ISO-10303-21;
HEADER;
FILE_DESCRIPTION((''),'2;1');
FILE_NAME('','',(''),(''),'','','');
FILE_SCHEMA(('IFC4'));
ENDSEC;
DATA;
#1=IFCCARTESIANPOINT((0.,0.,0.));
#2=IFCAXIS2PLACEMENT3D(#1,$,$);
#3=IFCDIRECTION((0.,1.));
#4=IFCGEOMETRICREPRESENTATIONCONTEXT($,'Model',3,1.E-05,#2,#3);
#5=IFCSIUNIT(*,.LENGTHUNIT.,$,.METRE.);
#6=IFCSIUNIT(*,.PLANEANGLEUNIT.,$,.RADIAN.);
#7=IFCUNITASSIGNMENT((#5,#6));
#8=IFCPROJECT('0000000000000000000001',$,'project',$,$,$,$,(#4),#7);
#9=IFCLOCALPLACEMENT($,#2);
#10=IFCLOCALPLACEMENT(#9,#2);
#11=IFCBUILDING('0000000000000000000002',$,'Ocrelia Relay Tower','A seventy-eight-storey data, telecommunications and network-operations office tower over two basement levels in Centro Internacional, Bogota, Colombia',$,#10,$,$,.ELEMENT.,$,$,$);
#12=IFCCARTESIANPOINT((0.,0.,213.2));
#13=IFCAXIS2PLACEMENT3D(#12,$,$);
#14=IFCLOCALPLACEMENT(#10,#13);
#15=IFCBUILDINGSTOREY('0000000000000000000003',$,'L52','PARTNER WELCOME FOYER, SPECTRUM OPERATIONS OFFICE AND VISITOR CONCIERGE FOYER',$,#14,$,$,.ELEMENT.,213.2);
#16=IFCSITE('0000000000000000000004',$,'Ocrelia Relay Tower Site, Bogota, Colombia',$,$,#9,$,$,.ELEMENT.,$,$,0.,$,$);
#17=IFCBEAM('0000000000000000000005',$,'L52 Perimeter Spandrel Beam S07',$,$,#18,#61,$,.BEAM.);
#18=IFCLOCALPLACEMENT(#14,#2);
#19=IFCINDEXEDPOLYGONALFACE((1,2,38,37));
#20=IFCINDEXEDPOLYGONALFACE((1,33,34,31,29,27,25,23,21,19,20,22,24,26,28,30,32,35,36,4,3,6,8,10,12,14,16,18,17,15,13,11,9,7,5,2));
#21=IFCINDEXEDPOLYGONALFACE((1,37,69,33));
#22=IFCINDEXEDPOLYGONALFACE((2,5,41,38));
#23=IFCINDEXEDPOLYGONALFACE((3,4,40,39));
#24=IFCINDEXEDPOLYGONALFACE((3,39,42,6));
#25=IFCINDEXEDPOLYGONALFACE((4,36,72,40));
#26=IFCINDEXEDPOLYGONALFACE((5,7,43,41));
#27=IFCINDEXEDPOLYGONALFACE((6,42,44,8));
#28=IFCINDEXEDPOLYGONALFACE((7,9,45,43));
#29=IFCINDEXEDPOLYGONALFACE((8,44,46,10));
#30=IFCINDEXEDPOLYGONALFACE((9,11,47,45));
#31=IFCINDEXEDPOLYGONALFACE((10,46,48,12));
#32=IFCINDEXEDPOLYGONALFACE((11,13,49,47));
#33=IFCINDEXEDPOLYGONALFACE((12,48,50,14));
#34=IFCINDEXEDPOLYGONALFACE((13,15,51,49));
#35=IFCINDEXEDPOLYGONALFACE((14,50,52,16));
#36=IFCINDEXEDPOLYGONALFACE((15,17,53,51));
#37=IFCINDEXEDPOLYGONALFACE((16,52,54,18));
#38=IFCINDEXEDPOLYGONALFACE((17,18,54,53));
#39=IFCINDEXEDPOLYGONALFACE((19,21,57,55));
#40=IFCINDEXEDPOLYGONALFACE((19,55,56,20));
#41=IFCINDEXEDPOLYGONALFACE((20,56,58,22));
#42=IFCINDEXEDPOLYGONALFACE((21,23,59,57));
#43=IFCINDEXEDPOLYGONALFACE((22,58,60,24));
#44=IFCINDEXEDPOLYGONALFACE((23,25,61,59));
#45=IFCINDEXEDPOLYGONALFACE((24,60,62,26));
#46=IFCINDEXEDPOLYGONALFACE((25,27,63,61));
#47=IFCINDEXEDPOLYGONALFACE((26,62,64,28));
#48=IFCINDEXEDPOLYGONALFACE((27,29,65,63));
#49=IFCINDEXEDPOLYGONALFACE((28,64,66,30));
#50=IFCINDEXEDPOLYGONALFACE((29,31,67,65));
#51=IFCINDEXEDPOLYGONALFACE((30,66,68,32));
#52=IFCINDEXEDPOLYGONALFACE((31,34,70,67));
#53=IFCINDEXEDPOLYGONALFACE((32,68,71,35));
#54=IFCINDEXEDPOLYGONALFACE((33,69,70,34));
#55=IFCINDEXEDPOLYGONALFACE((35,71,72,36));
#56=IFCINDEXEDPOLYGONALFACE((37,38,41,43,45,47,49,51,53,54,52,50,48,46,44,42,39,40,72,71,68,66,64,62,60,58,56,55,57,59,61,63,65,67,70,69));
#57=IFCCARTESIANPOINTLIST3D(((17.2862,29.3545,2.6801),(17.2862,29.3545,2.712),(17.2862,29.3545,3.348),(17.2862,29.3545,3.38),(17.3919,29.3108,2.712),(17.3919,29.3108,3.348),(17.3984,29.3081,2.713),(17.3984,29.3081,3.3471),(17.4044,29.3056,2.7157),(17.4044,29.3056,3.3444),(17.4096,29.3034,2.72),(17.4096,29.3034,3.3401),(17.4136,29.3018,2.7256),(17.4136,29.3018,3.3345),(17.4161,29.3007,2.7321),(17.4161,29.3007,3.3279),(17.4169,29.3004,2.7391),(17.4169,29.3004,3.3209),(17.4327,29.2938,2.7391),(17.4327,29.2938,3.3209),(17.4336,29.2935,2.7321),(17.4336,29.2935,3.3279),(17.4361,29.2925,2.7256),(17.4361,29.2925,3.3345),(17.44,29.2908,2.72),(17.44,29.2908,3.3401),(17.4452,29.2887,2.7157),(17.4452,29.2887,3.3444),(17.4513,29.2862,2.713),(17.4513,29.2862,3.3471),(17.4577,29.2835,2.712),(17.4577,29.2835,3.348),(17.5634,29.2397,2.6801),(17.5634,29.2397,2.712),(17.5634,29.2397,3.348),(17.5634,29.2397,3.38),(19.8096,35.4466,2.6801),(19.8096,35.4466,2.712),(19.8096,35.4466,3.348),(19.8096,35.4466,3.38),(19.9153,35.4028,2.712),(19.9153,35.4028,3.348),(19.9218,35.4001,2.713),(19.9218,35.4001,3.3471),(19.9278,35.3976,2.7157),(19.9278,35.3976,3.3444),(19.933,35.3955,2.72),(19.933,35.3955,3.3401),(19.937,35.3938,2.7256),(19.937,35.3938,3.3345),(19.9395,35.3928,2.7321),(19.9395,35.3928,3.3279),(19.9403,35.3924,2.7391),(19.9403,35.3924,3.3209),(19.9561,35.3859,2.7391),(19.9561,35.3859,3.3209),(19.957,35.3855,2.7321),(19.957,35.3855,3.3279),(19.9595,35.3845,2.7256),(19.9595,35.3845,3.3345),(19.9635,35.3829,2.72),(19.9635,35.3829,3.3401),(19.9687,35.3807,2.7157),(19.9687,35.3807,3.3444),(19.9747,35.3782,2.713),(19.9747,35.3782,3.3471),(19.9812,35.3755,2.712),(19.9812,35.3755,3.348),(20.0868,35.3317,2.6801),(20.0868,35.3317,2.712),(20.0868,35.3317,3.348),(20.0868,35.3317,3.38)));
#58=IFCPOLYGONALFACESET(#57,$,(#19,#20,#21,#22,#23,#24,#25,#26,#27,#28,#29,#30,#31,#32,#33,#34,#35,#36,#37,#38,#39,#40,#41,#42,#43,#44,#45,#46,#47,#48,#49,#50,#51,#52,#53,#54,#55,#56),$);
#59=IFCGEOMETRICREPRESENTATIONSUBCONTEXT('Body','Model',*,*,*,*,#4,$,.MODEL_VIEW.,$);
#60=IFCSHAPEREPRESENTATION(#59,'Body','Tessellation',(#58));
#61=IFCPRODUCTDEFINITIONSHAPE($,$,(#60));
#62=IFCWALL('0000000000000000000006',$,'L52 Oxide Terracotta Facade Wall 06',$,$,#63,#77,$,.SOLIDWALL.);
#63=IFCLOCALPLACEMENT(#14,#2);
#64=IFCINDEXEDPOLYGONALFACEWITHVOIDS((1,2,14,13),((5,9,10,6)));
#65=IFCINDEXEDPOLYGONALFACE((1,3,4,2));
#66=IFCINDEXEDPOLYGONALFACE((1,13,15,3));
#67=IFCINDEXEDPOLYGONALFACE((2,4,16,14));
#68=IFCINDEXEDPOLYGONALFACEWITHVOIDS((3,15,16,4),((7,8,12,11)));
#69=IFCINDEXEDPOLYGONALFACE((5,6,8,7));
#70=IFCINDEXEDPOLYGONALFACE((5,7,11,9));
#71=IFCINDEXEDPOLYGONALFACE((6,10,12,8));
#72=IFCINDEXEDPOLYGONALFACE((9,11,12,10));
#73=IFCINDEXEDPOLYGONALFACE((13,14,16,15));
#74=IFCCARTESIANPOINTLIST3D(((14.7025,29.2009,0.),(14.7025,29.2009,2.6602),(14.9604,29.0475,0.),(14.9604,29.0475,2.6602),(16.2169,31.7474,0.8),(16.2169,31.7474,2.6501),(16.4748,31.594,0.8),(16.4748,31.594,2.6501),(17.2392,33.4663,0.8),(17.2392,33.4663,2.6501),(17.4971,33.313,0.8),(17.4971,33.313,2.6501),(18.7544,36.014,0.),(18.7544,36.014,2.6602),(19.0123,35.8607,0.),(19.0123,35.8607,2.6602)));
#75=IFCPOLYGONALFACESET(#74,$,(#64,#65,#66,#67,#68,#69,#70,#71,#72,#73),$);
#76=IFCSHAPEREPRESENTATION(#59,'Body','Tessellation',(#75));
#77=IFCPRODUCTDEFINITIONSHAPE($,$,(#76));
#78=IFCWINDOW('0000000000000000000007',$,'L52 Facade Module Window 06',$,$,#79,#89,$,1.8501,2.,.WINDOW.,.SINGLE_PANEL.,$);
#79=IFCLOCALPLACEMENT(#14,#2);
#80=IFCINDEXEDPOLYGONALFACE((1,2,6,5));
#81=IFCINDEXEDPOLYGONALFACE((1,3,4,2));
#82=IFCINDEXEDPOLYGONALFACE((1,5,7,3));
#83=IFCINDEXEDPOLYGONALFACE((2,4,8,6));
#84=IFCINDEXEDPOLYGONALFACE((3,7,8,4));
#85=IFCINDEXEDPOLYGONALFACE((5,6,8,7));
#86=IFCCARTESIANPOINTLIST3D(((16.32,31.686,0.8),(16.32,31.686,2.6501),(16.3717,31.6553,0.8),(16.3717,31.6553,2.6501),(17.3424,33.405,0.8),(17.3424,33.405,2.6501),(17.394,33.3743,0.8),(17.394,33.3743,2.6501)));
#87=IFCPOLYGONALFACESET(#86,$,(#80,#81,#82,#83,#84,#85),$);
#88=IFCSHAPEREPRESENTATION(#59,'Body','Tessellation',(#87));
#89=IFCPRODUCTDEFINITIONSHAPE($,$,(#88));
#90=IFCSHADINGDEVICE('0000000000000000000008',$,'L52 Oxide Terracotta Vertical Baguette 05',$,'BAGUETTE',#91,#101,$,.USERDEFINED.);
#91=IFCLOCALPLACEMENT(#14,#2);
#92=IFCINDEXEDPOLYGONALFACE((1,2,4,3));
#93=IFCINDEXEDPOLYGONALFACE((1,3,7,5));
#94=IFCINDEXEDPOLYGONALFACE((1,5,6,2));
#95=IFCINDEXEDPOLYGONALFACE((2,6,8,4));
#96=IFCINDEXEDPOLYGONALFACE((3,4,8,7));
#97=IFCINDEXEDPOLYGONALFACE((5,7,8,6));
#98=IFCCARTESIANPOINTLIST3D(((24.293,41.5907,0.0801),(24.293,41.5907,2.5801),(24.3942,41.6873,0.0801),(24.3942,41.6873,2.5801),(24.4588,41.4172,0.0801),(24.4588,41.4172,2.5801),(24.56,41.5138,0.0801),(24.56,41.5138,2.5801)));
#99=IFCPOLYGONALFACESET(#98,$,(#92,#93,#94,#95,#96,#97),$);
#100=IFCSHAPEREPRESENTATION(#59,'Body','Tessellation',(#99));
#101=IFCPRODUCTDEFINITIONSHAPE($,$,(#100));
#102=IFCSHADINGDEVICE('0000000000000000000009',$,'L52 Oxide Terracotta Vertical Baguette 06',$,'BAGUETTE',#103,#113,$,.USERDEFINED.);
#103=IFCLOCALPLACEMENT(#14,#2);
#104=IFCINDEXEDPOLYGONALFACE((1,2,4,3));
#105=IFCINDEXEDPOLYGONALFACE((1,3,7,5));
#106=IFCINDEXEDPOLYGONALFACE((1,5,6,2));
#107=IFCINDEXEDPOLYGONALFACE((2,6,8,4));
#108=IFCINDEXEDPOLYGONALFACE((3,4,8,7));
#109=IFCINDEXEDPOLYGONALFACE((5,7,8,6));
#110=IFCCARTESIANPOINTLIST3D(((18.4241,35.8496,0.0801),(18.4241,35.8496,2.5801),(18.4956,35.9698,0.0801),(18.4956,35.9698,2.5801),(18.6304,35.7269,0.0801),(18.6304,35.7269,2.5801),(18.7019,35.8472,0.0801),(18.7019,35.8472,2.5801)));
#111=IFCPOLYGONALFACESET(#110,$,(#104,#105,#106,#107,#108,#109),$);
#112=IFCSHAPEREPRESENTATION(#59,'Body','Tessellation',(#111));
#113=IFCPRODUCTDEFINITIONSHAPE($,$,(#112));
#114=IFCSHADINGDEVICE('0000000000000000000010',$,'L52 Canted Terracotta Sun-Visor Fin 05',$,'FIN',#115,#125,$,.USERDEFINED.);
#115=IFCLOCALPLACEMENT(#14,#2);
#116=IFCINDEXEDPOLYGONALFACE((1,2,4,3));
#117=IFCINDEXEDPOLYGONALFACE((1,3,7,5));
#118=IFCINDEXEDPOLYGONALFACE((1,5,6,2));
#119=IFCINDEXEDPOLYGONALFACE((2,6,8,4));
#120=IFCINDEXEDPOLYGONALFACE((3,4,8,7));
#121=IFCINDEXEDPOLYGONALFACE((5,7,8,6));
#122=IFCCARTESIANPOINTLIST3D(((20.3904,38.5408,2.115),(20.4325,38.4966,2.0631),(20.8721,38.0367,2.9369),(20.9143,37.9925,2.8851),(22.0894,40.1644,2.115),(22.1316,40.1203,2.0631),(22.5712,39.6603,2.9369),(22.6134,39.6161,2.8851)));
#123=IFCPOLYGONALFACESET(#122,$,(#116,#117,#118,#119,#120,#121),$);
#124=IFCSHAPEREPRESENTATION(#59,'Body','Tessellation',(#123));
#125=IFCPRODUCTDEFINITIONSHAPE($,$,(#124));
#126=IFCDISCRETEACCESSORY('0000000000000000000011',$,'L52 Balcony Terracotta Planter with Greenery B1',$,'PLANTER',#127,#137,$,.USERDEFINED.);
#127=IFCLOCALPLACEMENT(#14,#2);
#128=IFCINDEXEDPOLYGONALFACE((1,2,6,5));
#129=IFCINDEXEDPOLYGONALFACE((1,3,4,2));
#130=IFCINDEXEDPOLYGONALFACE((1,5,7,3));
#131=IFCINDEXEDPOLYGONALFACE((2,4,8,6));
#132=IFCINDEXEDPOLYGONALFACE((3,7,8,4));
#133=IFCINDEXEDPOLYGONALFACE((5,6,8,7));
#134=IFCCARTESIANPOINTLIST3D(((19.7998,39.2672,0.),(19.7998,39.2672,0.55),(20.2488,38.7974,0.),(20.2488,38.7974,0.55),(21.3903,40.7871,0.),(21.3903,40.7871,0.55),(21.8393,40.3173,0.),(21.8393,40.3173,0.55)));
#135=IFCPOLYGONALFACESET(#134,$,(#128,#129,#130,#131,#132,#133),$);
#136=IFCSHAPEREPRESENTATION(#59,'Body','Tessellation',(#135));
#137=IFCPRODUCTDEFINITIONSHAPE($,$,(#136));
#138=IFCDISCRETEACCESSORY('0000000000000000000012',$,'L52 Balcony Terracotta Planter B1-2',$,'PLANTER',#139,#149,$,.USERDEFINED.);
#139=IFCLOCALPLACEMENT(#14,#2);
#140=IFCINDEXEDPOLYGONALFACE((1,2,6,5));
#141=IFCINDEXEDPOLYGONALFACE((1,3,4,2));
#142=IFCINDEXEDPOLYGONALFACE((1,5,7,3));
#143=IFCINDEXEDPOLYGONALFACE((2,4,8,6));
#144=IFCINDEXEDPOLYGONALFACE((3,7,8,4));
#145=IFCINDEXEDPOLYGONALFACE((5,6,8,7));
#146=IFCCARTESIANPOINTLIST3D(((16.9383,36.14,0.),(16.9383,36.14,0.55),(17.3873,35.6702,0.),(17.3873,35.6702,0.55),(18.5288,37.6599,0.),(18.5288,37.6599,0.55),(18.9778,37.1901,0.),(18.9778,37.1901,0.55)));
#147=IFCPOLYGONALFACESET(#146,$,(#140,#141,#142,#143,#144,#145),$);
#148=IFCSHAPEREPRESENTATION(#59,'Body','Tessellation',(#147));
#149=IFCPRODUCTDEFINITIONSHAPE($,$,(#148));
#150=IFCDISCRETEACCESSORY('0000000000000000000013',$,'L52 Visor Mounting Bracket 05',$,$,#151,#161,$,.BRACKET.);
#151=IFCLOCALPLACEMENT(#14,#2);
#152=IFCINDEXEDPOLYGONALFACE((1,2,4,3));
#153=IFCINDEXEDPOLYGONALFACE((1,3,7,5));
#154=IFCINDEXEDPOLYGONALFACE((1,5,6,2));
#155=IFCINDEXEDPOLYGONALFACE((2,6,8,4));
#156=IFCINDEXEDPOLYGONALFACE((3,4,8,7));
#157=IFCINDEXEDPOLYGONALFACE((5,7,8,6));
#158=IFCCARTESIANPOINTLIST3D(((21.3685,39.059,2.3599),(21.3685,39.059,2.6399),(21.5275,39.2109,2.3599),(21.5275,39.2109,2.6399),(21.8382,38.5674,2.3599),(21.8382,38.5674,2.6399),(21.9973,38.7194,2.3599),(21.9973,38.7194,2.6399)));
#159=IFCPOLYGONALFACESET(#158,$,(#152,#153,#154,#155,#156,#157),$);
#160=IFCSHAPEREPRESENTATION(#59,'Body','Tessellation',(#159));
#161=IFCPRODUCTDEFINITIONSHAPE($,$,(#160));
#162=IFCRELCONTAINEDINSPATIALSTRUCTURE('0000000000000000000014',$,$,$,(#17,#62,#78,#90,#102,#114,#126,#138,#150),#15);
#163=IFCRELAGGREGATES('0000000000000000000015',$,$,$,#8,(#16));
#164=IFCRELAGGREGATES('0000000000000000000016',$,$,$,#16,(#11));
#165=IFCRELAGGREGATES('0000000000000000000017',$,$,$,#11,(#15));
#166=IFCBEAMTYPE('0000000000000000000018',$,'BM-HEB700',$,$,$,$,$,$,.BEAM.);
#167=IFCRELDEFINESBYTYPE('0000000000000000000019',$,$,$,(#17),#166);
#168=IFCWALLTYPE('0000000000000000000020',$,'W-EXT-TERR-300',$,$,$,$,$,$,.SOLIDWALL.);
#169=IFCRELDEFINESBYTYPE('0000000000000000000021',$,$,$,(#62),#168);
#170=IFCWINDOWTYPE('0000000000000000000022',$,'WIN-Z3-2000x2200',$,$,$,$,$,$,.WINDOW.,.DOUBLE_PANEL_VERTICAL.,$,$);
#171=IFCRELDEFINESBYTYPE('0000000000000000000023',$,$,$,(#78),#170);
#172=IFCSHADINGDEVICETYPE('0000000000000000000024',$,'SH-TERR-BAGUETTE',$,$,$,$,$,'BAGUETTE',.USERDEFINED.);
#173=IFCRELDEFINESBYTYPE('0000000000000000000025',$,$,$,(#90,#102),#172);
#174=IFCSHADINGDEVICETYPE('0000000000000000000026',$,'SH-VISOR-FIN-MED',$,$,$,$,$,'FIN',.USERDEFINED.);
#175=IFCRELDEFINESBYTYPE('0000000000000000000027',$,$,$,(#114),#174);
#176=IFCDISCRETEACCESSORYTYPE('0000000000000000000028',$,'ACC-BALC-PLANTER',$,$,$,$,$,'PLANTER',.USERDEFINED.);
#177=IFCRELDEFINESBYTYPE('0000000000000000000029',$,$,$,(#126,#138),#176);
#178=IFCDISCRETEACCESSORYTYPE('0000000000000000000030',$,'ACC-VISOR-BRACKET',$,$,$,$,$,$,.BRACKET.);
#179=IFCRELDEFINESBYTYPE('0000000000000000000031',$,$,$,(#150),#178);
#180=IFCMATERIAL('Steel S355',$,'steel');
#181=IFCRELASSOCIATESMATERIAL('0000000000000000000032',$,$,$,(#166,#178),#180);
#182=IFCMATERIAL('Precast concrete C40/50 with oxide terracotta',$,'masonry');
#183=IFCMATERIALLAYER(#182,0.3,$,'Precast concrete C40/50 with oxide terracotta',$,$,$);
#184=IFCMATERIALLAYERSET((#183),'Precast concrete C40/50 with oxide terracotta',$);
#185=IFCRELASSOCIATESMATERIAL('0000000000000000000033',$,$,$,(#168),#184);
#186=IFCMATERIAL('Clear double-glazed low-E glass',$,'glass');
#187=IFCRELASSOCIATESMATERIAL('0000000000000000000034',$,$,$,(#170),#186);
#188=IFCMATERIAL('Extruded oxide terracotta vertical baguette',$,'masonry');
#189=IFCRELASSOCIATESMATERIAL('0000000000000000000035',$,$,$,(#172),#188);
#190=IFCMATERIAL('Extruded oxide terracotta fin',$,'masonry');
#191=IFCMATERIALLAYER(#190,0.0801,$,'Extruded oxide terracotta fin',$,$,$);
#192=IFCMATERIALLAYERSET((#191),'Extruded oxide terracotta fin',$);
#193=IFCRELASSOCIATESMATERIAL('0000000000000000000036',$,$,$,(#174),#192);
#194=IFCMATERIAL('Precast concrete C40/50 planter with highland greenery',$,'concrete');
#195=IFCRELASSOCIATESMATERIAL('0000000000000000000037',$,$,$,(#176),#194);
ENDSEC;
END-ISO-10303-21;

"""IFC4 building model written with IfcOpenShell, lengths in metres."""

from ifc_helpers import new_model, si_unit, direction, frame, frame_2d, origin, origin_2d, place, context, subcontext, project, spatial, rectangle, i_section, extrude, material, layer, layer_set, material_profile, profile_set, type_object, element, fill, save


model = new_model("IFC4")

# Units and contexts
model_context = context("Model", 3, precision=1e-05, world=origin(), true_north=direction((0.0, 1.0)))
body_context = subcontext(model_context, "Body", "Model", "MODEL_VIEW")
ifc_project = project(units=[si_unit("LENGTHUNIT", "METRE"), si_unit("PLANEANGLEUNIT", "RADIAN")], contexts=[model_context])

# Site, building, storey
site_placement = place(None, origin())
site = spatial("IfcSite", under=ifc_project, at=site_placement, Name="Ocrelia Relay Tower Site, Bogota, Colombia", CompositionType="ELEMENT", RefElevation=0.0)
building_placement = place(site_placement, origin())
building = spatial("IfcBuilding", under=site, at=building_placement, Name="Ocrelia Relay Tower", Description="A seventy-eight-storey data, telecommunications and network-operations office tower over two basement levels in Centro Internacional, Bogota, Colombia", CompositionType="ELEMENT")
storey_placement = place(building_placement, frame((0.0, 0.0, 213.2)))
storey = spatial("IfcBuildingStorey", under=building, at=storey_placement, Name="L52", Description="PARTNER WELCOME FOYER, SPECTRUM OPERATIONS OFFICE AND VISITOR CONCIERGE FOYER", CompositionType="ELEMENT", Elevation=213.2)

# Beam
ifc_material_1 = material(Name="Steel S355", Category="steel")
ifc_material_profile_1 = material_profile(ifc_material_1, i_section(OverallWidth=0.3, OverallDepth=0.7, WebThickness=0.0171, FlangeThickness=0.032, FilletRadius=0.0271, at=origin_2d()), Name="HEB 700")
ifc_profile_set_1 = profile_set([ifc_material_profile_1], Name="Steel S355")
beam_type_1 = type_object("IfcBeamType", Name="BM-HEB700", PredefinedType="BEAM", material=ifc_profile_set_1)
for number, where, z_axis, x_axis, name in (
    (1, (19.9482, 35.3892, 3.03), (-0.382688, -0.923878, 0.0), (0.923878, -0.382688, 0.0), "L52 Perimeter Spandrel Beam S07"),
):
    element("IfcBeam", number, at=place(storey_placement, frame(where, z_axis=z_axis, x_axis=x_axis)), inside=storey, type_object=beam_type_1, Name=name, PredefinedType="BEAM", context=body_context, shape_type="SweptSolid", body=[
        extrude(i_section(OverallWidth=0.3, OverallDepth=0.7, WebThickness=0.0171, FlangeThickness=0.032, FilletRadius=0.0271, at=origin_2d()), origin(), (0.0, 0.0, 1.0), 6.594),
    ])

# Wall, opening, window
ifc_material_2 = material(Name="Precast concrete C40/50 with oxide terracotta", Category="masonry")
ifc_layer_1 = layer(ifc_material_2, 0.3, Name="Precast concrete C40/50 with oxide terracotta")
ifc_layer_set_1 = layer_set([ifc_layer_1], Name="Precast concrete C40/50 with oxide terracotta")
wall_type_1 = type_object("IfcWallType", Name="W-EXT-TERR-300", PredefinedType="SOLIDWALL", material=ifc_layer_set_1)
wall_1_placement = place(storey_placement, frame((18.8833, 35.9373, 0.0), z_axis=(0.0, 0.0, 1.0), x_axis=(-0.511158, -0.859487, 0.0)))
wall_1 = element("IfcWall", 2, at=wall_1_placement, inside=storey, type_object=wall_type_1, Name="L52 Oxide Terracotta Facade Wall 06", PredefinedType="SOLIDWALL", context=body_context, shape_type="SweptSolid", body=[
    extrude(rectangle(XDim=7.927, YDim=0.3, at=frame_2d((3.9634, 0.0))), origin(), (0.0, 0.0, 1.0), 2.6602),
])
opening_1_placement = place(wall_1_placement, frame((2.9641, 0.0, 0.8)))
opening_1 = element("IfcOpeningElement", 3, at=opening_1_placement, cuts=wall_1, PredefinedType="OPENING", context=body_context, shape_type="SweptSolid", body=[
    extrude(rectangle(XDim=2.0, YDim=1.8501, at=frame_2d((1.0, 0.925))), frame((0.0, 0.1602, 0.0), z_axis=(0.0, -1.0, 0.0), x_axis=(1.0, 0.0, 0.0)), (0.0, 0.0, 1.0), 0.3201),
])
ifc_material_3 = material(Name="Clear double-glazed low-E glass", Category="glass")
window_type = type_object("IfcWindowType", Name="WIN-Z3-2000x2200", PartitioningType="DOUBLE_PANEL_VERTICAL", PredefinedType="WINDOW", material=ifc_material_3)
window_placement = place(opening_1_placement, origin())
window = element("IfcWindow", 4, at=window_placement, inside=storey, type_object=window_type, Name="L52 Facade Module Window 06", OverallHeight=1.8501, OverallWidth=2.0, PartitioningType="SINGLE_PANEL", PredefinedType="WINDOW", context=body_context, shape_type="SweptSolid", body=[
    extrude(rectangle(XDim=2.0, YDim=1.8501, at=frame_2d((1.0, 0.925))), frame((0.0, 0.03, 0.0), z_axis=(0.0, -1.0, 0.0), x_axis=(1.0, 0.0, 0.0)), (0.0, 0.0, 1.0), 0.0601),
])
fill(opening_1, window)

# Shading devices
ifc_material_4 = material(Name="Extruded oxide terracotta vertical baguette", Category="masonry")
shading_device_type_1 = type_object("IfcShadingDeviceType", Name="SH-TERR-BAGUETTE", ElementType="BAGUETTE", PredefinedType="USERDEFINED", material=ifc_material_4)
for number, where, z_axis, x_axis, name in (
    (5, (24.4265, 41.5522, 0.0801), (0.0, 0.0, 1.0), (-0.72297, -0.690879, 0.0), "L52 Oxide Terracotta Vertical Baguette 05"),
    (6, (18.563, 35.8484, 0.0801), (0.0, 0.0, 1.0), (-0.511169, -0.85948, 0.0), "L52 Oxide Terracotta Vertical Baguette 06"),
):
    element("IfcShadingDevice", number, at=place(storey_placement, frame(where, z_axis=z_axis, x_axis=x_axis)), inside=storey, type_object=shading_device_type_1, Name=name, ObjectType="BAGUETTE", PredefinedType="USERDEFINED", context=body_context, shape_type="SweptSolid", body=[
        extrude(rectangle(XDim=0.1399, YDim=0.24, at=origin_2d()), origin(), (0.0, 0.0, 1.0), 2.5),
    ])
ifc_material_5 = material(Name="Extruded oxide terracotta fin", Category="masonry")
ifc_layer_2 = layer(ifc_material_5, 0.0801, Name="Extruded oxide terracotta fin")
ifc_layer_set_2 = layer_set([ifc_layer_2], Name="Extruded oxide terracotta fin")
shading_device_type_2 = type_object("IfcShadingDeviceType", Name="SH-VISOR-FIN-MED", ElementType="FIN", PredefinedType="USERDEFINED", material=ifc_layer_set_2)
shading_device_placement = place(storey_placement, frame((21.5229, 39.0564, 2.4741), z_axis=(-0.526833, 0.551305, 0.646923), x_axis=(-0.72297, -0.690879, 0.0)))
element("IfcShadingDevice", 7, at=shading_device_placement, inside=storey, type_object=shading_device_type_2, Name="L52 Canted Terracotta Sun-Visor Fin 05", ObjectType="FIN", PredefinedType="USERDEFINED", context=body_context, shape_type="SweptSolid", body=[
    extrude(rectangle(XDim=2.3501, YDim=1.0779, at=origin_2d()), origin(), (0.0, 0.0, 1.0), 0.0801),
])

# Discrete accessories
ifc_material_6 = material(Name="Precast concrete C40/50 planter with highland greenery", Category="concrete")
discrete_accessory_type_1 = type_object("IfcDiscreteAccessoryType", Name="ACC-BALC-PLANTER", ElementType="PLANTER", PredefinedType="USERDEFINED", material=ifc_material_6)
for number, where, z_axis, x_axis, name in (
    (8, (20.8196, 39.7922, 0.0), (0.0, 0.0, 1.0), (0.72297, 0.690879, 0.0), "L52 Balcony Terracotta Planter with Greenery B1"),
    (9, (17.958, 36.665, 0.0), (0.0, 0.0, 1.0), (0.72297, 0.690879, 0.0), "L52 Balcony Terracotta Planter B1-2"),
):
    element("IfcDiscreteAccessory", number, at=place(storey_placement, frame(where, z_axis=z_axis, x_axis=x_axis)), inside=storey, type_object=discrete_accessory_type_1, Name=name, ObjectType="PLANTER", PredefinedType="USERDEFINED", context=body_context, shape_type="SweptSolid", body=[
        extrude(rectangle(XDim=2.2, YDim=0.6499, at=origin_2d()), origin(), (0.0, 0.0, 1.0), 0.55),
    ])
discrete_accessory_type_2 = type_object("IfcDiscreteAccessoryType", Name="ACC-VISOR-BRACKET", PredefinedType="BRACKET", material=ifc_material_1)
discrete_accessory_placement = place(storey_placement, frame((21.6829, 38.8892, 2.3599), z_axis=(0.0, 0.0, 1.0), x_axis=(-0.72297, -0.690879, 0.0)))
element("IfcDiscreteAccessory", 10, at=discrete_accessory_placement, inside=storey, type_object=discrete_accessory_type_2, Name="L52 Visor Mounting Bracket 05", PredefinedType="BRACKET", context=body_context, shape_type="SweptSolid", body=[
    extrude(rectangle(XDim=0.22, YDim=0.6799, at=origin_2d()), origin(), (0.0, 0.0, 1.0), 0.28),
])

save(model, "model.ifc")
